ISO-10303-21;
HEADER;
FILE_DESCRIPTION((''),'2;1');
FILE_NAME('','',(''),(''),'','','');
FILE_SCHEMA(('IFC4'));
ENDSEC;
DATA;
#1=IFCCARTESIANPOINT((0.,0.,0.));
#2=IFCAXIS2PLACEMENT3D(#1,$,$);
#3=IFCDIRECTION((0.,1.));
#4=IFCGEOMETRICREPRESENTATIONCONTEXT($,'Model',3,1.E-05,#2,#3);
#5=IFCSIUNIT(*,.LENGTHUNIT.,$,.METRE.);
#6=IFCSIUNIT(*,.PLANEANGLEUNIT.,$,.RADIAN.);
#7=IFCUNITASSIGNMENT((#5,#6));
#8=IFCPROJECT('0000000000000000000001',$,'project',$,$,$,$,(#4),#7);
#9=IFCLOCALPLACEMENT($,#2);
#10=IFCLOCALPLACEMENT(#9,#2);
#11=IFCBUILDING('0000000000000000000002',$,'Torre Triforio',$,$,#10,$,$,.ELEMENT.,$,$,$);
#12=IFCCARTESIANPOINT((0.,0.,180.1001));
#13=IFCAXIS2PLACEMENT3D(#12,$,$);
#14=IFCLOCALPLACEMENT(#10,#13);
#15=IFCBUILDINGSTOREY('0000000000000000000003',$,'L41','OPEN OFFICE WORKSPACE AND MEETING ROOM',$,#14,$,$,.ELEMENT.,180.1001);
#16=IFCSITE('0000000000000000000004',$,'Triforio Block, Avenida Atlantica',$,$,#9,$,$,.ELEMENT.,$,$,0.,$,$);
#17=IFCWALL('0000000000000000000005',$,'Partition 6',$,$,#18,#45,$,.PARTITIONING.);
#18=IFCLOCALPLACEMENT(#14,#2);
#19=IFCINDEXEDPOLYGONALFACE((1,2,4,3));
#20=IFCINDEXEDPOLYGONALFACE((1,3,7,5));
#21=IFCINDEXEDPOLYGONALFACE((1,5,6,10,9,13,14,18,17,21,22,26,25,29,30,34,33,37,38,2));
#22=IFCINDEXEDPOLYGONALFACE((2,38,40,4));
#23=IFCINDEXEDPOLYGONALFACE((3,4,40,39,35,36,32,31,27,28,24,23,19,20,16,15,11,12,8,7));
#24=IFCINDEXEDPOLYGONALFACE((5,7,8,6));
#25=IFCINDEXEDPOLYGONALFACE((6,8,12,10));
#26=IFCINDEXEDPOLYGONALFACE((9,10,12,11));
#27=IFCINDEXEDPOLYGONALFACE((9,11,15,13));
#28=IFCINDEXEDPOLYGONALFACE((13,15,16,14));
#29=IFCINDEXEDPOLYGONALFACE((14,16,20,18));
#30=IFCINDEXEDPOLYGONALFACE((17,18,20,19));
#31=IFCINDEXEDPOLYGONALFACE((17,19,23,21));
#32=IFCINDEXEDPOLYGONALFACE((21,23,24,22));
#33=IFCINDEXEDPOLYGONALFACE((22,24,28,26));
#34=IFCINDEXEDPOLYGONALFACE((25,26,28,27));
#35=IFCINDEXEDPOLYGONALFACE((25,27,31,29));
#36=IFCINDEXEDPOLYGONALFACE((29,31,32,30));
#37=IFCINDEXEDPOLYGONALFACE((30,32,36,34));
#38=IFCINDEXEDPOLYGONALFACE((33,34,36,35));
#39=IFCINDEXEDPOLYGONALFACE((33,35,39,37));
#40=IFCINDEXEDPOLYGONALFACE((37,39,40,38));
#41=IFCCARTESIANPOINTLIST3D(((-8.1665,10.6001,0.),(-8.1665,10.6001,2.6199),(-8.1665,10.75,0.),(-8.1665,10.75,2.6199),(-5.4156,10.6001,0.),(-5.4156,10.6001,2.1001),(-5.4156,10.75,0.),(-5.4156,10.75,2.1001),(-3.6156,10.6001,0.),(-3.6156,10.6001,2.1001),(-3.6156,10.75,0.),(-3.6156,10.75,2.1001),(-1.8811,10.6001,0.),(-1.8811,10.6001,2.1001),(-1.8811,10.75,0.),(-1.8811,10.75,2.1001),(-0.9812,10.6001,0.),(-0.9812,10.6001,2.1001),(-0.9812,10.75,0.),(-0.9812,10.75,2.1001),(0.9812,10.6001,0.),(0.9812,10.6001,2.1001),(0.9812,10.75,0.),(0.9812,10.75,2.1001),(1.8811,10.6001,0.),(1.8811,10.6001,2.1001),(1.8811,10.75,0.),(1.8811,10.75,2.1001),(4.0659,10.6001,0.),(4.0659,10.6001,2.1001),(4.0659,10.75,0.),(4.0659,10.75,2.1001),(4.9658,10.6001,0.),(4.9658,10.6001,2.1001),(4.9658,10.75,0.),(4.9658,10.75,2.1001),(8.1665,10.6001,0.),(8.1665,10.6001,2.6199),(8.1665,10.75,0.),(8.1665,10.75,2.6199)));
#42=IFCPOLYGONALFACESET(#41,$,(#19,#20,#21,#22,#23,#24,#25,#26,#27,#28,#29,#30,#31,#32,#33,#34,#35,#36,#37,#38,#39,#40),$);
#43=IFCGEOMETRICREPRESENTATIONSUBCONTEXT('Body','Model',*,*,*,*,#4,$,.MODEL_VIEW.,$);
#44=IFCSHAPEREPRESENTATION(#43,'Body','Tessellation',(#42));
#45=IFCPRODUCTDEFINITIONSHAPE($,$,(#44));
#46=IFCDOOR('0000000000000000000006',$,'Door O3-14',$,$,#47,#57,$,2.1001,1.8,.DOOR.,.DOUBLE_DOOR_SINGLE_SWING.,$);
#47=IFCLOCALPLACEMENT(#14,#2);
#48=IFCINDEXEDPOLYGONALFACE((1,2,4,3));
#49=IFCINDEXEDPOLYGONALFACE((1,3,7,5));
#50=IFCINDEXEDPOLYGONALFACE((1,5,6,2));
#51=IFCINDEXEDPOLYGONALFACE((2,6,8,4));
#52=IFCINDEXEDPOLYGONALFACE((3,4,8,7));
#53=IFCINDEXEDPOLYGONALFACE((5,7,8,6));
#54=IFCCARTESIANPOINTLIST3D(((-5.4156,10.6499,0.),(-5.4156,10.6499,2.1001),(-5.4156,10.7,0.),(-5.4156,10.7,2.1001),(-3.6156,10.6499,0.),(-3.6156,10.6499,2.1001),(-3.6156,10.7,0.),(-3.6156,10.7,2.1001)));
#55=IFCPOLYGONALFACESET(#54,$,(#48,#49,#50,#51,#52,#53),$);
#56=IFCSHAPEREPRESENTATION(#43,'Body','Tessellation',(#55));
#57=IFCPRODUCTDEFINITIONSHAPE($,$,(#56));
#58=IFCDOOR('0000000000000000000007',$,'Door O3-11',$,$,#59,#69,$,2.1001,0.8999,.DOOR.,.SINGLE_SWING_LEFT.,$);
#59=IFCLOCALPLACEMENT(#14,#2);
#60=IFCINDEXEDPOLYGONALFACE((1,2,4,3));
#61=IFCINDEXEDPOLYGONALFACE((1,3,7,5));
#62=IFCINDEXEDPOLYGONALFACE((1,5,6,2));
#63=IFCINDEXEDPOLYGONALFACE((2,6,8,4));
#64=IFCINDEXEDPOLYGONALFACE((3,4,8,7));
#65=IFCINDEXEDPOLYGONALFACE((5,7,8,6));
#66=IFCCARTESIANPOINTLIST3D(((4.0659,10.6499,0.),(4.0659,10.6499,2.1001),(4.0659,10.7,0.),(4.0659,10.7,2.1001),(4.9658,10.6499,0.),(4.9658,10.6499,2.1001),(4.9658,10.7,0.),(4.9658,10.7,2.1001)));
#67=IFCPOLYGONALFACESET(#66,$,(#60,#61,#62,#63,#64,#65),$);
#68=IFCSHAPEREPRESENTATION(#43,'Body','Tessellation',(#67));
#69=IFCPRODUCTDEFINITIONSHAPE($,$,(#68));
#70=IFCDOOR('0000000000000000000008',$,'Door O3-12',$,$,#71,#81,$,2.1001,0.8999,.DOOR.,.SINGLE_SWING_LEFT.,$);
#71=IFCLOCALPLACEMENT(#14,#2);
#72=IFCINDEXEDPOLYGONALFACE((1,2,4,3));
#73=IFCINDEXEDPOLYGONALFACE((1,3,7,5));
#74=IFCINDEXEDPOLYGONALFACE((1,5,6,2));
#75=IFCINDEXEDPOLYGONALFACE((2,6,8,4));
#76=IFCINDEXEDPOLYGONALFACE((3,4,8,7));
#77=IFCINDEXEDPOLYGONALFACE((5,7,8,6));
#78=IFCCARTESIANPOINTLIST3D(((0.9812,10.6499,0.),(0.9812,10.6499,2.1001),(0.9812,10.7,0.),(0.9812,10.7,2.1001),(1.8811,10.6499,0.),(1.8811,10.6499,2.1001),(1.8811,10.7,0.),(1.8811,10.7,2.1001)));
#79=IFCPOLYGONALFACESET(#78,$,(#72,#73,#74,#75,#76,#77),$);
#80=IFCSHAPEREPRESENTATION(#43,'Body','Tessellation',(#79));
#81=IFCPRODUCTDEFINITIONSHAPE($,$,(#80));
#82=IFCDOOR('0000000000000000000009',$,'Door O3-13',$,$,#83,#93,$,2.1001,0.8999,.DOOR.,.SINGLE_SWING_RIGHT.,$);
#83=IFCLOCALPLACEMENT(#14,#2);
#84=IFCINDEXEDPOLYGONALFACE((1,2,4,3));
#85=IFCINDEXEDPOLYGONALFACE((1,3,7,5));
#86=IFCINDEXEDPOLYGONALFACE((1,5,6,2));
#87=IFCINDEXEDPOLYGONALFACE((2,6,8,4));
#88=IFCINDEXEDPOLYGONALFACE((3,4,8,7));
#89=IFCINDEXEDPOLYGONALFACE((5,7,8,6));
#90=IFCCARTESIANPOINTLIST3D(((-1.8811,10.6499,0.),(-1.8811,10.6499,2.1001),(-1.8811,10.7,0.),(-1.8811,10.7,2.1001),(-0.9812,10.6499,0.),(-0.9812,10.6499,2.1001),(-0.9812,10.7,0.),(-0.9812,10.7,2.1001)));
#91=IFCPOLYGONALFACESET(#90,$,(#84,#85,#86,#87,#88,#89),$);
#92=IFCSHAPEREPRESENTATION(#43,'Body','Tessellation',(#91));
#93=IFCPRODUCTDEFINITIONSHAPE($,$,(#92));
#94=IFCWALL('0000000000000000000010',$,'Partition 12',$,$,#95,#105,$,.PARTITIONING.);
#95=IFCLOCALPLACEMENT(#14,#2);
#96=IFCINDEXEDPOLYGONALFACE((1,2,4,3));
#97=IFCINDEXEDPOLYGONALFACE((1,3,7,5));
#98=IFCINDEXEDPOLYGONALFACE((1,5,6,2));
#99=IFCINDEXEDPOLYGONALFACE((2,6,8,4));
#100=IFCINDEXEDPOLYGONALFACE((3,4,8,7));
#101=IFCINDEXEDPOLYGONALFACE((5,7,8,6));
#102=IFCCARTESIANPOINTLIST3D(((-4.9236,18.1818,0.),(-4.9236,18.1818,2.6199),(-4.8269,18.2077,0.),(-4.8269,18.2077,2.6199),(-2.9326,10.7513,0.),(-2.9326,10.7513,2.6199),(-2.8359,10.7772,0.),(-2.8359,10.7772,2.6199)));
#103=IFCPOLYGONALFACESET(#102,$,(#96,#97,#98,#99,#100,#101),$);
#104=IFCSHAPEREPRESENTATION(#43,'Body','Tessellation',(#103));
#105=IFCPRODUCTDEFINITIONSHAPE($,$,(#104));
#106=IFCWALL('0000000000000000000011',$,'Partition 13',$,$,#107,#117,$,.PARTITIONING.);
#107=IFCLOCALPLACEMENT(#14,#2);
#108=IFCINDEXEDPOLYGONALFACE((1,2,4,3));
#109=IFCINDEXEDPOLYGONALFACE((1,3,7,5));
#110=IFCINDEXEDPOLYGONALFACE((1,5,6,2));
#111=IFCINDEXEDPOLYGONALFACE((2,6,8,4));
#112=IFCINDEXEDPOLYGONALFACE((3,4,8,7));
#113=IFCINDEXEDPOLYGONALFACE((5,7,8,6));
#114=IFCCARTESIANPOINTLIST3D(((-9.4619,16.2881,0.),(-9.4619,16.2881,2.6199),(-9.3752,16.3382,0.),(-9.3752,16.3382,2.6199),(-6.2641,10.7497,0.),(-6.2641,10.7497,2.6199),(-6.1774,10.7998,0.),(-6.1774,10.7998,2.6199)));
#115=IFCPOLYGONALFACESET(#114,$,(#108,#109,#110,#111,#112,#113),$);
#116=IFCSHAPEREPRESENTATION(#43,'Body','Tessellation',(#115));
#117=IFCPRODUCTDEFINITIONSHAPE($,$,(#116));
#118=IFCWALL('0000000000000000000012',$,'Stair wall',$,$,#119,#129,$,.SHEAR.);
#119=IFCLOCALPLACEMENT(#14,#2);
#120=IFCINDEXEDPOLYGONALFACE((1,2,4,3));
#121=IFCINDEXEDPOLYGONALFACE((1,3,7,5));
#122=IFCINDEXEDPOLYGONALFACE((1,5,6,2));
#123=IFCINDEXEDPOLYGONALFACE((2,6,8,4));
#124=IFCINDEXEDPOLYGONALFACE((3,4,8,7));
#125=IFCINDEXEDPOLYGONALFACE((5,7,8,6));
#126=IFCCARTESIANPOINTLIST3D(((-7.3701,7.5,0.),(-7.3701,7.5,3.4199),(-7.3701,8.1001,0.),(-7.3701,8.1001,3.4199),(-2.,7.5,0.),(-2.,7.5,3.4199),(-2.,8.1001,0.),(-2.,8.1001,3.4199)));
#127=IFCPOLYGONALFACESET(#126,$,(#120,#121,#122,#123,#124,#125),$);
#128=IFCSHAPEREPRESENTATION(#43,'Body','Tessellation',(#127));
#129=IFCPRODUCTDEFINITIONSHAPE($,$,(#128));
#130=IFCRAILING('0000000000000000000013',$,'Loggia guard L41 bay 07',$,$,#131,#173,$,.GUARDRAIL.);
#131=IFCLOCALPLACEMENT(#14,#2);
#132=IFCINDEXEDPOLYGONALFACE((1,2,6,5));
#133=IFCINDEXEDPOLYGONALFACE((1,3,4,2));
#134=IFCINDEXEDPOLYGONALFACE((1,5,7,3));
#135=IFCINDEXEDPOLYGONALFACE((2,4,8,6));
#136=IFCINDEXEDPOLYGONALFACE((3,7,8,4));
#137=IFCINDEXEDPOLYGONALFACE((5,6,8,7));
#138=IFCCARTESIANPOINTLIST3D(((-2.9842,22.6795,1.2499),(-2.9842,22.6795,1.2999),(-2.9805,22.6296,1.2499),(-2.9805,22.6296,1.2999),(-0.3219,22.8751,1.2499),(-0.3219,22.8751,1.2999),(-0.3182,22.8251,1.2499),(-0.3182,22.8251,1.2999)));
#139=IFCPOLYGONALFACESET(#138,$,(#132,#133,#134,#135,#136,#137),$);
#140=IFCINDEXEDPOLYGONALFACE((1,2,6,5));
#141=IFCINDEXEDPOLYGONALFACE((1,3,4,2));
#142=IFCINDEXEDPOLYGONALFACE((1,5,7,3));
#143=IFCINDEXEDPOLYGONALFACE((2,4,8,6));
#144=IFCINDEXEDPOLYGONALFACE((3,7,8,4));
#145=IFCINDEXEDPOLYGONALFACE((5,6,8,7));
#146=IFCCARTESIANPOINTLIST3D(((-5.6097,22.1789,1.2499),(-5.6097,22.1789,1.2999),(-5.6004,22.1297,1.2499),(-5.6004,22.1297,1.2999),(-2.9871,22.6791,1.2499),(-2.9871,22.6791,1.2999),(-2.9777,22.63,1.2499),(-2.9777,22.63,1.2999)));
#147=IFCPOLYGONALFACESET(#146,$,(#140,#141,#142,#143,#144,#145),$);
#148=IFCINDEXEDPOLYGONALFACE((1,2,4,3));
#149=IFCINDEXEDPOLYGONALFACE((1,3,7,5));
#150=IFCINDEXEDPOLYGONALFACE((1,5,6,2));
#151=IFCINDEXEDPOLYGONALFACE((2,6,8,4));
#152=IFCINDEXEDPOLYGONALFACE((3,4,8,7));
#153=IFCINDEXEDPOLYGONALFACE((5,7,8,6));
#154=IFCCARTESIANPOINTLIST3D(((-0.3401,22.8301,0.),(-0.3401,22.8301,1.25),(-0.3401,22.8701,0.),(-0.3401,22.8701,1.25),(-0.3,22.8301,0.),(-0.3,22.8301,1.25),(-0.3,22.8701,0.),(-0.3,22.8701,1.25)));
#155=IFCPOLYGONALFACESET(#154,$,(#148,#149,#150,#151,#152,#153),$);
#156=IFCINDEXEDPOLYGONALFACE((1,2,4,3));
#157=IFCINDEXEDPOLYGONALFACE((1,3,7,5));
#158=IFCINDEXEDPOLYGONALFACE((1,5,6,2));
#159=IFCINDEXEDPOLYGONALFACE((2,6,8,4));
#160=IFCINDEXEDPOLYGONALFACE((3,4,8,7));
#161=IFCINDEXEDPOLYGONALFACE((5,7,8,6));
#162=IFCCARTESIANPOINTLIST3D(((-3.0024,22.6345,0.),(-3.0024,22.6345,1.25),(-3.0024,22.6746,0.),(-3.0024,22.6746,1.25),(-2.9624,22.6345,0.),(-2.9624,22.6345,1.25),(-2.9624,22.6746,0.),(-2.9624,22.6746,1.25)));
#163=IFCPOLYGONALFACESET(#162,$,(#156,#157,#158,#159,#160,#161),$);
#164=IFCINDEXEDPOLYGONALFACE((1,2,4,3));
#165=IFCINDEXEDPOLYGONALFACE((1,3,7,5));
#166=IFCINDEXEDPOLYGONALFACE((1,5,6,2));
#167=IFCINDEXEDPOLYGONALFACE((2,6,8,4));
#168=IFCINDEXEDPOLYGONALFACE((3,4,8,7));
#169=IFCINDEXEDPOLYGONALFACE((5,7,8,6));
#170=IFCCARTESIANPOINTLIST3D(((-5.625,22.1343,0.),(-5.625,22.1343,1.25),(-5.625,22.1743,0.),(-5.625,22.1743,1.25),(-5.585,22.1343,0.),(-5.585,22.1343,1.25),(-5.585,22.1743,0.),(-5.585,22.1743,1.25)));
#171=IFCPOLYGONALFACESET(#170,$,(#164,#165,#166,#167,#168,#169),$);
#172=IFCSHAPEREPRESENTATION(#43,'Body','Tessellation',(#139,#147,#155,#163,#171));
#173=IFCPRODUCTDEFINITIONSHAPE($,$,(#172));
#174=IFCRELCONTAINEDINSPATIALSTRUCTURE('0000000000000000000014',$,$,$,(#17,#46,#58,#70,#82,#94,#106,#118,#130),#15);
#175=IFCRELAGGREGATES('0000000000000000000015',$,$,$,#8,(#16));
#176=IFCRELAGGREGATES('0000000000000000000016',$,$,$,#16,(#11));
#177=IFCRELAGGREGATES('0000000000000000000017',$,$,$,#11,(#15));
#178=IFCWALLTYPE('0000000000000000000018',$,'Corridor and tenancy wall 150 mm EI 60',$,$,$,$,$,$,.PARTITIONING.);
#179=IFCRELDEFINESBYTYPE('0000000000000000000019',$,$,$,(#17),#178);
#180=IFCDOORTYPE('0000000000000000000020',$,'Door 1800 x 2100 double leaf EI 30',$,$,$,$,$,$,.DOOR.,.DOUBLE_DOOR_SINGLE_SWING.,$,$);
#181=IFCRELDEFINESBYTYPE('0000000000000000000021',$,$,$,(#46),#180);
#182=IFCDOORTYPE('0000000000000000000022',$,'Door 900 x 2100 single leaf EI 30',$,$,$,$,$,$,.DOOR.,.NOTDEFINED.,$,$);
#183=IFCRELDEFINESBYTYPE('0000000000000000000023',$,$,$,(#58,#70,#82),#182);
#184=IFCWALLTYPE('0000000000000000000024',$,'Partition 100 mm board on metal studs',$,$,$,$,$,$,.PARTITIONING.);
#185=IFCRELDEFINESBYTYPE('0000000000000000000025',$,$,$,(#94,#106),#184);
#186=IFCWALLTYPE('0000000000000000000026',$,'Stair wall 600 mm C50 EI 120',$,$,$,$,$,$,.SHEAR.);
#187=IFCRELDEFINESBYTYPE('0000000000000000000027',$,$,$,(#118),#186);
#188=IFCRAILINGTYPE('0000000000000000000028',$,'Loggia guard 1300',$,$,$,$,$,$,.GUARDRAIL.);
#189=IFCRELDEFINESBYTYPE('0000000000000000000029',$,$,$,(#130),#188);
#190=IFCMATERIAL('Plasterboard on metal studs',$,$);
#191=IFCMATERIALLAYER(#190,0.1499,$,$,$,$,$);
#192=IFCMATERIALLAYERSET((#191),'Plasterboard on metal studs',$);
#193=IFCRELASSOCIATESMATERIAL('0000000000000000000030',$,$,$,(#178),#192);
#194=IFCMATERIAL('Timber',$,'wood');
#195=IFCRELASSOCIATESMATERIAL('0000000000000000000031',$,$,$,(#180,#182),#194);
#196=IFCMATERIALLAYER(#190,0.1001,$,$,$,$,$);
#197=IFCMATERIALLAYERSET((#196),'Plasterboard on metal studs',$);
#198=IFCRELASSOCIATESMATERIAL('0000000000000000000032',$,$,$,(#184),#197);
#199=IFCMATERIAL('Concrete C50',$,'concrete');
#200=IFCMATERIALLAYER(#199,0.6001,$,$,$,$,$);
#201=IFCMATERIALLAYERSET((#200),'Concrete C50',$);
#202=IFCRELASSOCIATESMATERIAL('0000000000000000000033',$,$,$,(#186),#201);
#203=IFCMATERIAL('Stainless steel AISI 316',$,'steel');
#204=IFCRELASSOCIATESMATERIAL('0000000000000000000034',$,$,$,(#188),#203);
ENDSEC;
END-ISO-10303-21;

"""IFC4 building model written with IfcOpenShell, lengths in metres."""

from ifc_helpers import new_model, si_unit, direction, frame, frame_2d, origin, origin_2d, place, context, subcontext, project, spatial, rectangle, extrude, material, layer, layer_set, type_object, element, fill, save


model = new_model("IFC4")

# Units and contexts
model_context = context("Model", 3, precision=1e-05, world=origin(), true_north=direction((0.0, 1.0)))
body_context = subcontext(model_context, "Body", "Model", "MODEL_VIEW")
ifc_project = project(units=[si_unit("LENGTHUNIT", "METRE"), si_unit("PLANEANGLEUNIT", "RADIAN")], contexts=[model_context])

# Site, building, storey
site_placement = place(None, origin())
site = spatial("IfcSite", under=ifc_project, at=site_placement, Name="Triforio Block, Avenida Atlantica", CompositionType="ELEMENT", RefElevation=0.0)
building_placement = place(site_placement, origin())
building = spatial("IfcBuilding", under=site, at=building_placement, Name="Torre Triforio", CompositionType="ELEMENT")
storey_placement = place(building_placement, frame((0.0, 0.0, 180.1001)))
storey = spatial("IfcBuildingStorey", under=building, at=storey_placement, Name="L41", Description="OPEN OFFICE WORKSPACE AND MEETING ROOM", CompositionType="ELEMENT", Elevation=180.1001)

# Shared definitions
ifc_material_1 = material(Name="Concrete C50", Category="concrete")

# Wall, openings, doors
ifc_material_2 = material(Name="Plasterboard on metal studs")
ifc_layer_1 = layer(ifc_material_2, 0.1499)
ifc_layer_set_1 = layer_set([ifc_layer_1], Name="Plasterboard on metal studs")
wall_type_1 = type_object("IfcWallType", Name="Corridor and tenancy wall 150 mm EI 60", PredefinedType="PARTITIONING", material=ifc_layer_set_1)
wall_1_placement = place(storey_placement, frame((-8.1665, 10.675, 0.0), z_axis=(0.0, 0.0, 1.0), x_axis=(1.0, 0.0, 0.0)))
wall_1 = element("IfcWall", 1, at=wall_1_placement, inside=storey, type_object=wall_type_1, Name="Partition 6", PredefinedType="PARTITIONING", context=body_context, shape_type="SweptSolid", body=[
    extrude(rectangle(XDim=16.333, YDim=0.1499, at=frame_2d((8.1665, 0.0))), origin(), (0.0, 0.0, 1.0), 2.6199),
])
opening_1_placement = place(wall_1_placement, frame((12.2324, 0.0, 0.0)))
opening_1 = element("IfcOpeningElement", 2, at=opening_1_placement, cuts=wall_1, PredefinedType="OPENING", context=body_context, shape_type="SweptSolid", body=[
    extrude(rectangle(XDim=0.8999, YDim=2.1001, at=frame_2d((0.45, 1.05))), frame((0.0, 0.085, 0.0), z_axis=(0.0, -1.0, 0.0), x_axis=(1.0, 0.0, 0.0)), (0.0, 0.0, 1.0), 0.1699),
])
opening_2_placement = place(wall_1_placement, frame((9.1477, 0.0, 0.0)))
opening_2 = element("IfcOpeningElement", 3, at=opening_2_placement, cuts=wall_1, PredefinedType="OPENING", context=body_context, shape_type="SweptSolid", body=[
    extrude(rectangle(XDim=0.8999, YDim=2.1001, at=frame_2d((0.45, 1.05))), frame((0.0, 0.085, 0.0), z_axis=(0.0, -1.0, 0.0), x_axis=(1.0, 0.0, 0.0)), (0.0, 0.0, 1.0), 0.1699),
])
opening_3_placement = place(wall_1_placement, frame((6.2854, 0.0, 0.0)))
opening_3 = element("IfcOpeningElement", 4, at=opening_3_placement, cuts=wall_1, PredefinedType="OPENING", context=body_context, shape_type="SweptSolid", body=[
    extrude(rectangle(XDim=0.8999, YDim=2.1001, at=frame_2d((0.45, 1.05))), frame((0.0, 0.085, 0.0), z_axis=(0.0, -1.0, 0.0), x_axis=(1.0, 0.0, 0.0)), (0.0, 0.0, 1.0), 0.1699),
])
opening_4_placement = place(wall_1_placement, frame((2.751, 0.0, 0.0)))
opening_4 = element("IfcOpeningElement", 5, at=opening_4_placement, cuts=wall_1, PredefinedType="OPENING", context=body_context, shape_type="SweptSolid", body=[
    extrude(rectangle(XDim=1.8, YDim=2.1001, at=frame_2d((0.8999, 1.05))), frame((0.0, 0.085, 0.0), z_axis=(0.0, -1.0, 0.0), x_axis=(1.0, 0.0, 0.0)), (0.0, 0.0, 1.0), 0.1699),
])
ifc_material_3 = material(Name="Timber", Category="wood")
door_type_1 = type_object("IfcDoorType", Name="Door 1800 x 2100 double leaf EI 30", OperationType="DOUBLE_DOOR_SINGLE_SWING", PredefinedType="DOOR", material=ifc_material_3)
door_1_placement = place(opening_4_placement, origin())
door_1 = element("IfcDoor", 6, at=door_1_placement, inside=storey, type_object=door_type_1, Name="Door O3-14", OperationType="DOUBLE_DOOR_SINGLE_SWING", OverallHeight=2.1001, OverallWidth=1.8, PredefinedType="DOOR", context=body_context, shape_type="SweptSolid", body=[
    extrude(rectangle(XDim=1.8, YDim=2.1001, at=frame_2d((0.8999, 1.05))), frame((0.0, 0.0249, 0.0), z_axis=(0.0, -1.0, 0.0), x_axis=(1.0, 0.0, 0.0)), (0.0, 0.0, 1.0), 0.05),
])
fill(opening_4, door_1)
door_type_2 = type_object("IfcDoorType", Name="Door 900 x 2100 single leaf EI 30", OperationType="NOTDEFINED", PredefinedType="DOOR", material=ifc_material_3)
door_2_placement = place(opening_1_placement, origin())
door_2 = element("IfcDoor", 7, at=door_2_placement, inside=storey, type_object=door_type_2, Name="Door O3-11", OperationType="SINGLE_SWING_LEFT", OverallHeight=2.1001, OverallWidth=0.8999, PredefinedType="DOOR", context=body_context, shape_type="SweptSolid", body=[
    extrude(rectangle(XDim=0.8999, YDim=2.1001, at=frame_2d((0.45, 1.05))), frame((0.0, 0.0249, 0.0), z_axis=(0.0, -1.0, 0.0), x_axis=(1.0, 0.0, 0.0)), (0.0, 0.0, 1.0), 0.05),
])
fill(opening_1, door_2)
door_3_placement = place(opening_2_placement, origin())
door_3 = element("IfcDoor", 8, at=door_3_placement, inside=storey, type_object=door_type_2, Name="Door O3-12", OperationType="SINGLE_SWING_LEFT", OverallHeight=2.1001, OverallWidth=0.8999, PredefinedType="DOOR", context=body_context, shape_type="SweptSolid", body=[
    extrude(rectangle(XDim=0.8999, YDim=2.1001, at=frame_2d((0.45, 1.05))), frame((0.0, 0.0249, 0.0), z_axis=(0.0, -1.0, 0.0), x_axis=(1.0, 0.0, 0.0)), (0.0, 0.0, 1.0), 0.05),
])
fill(opening_2, door_3)
door_4_placement = place(opening_3_placement, origin())
door_4 = element("IfcDoor", 9, at=door_4_placement, inside=storey, type_object=door_type_2, Name="Door O3-13", OperationType="SINGLE_SWING_RIGHT", OverallHeight=2.1001, OverallWidth=0.8999, PredefinedType="DOOR", context=body_context, shape_type="SweptSolid", body=[
    extrude(rectangle(XDim=0.8999, YDim=2.1001, at=frame_2d((0.45, 1.05))), frame((0.0, 0.0249, 0.0), z_axis=(0.0, -1.0, 0.0), x_axis=(1.0, 0.0, 0.0)), (0.0, 0.0, 1.0), 0.05),
])
fill(opening_3, door_4)

# Walls
ifc_layer_2 = layer(ifc_material_2, 0.1001)
ifc_layer_set_2 = layer_set([ifc_layer_2], Name="Plasterboard on metal studs")
wall_type_2 = type_object("IfcWallType", Name="Partition 100 mm board on metal studs", PredefinedType="PARTITIONING", material=ifc_layer_set_2)
wall_2_placement = place(storey_placement, frame((-2.8843, 10.7644, 0.0), z_axis=(0.0, 0.0, 1.0), x_axis=(-0.258818, 0.965926, 0.0)))
element("IfcWall", 10, at=wall_2_placement, inside=storey, type_object=wall_type_2, Name="Partition 12", PredefinedType="PARTITIONING", context=body_context, shape_type="SweptSolid", body=[
    extrude(rectangle(XDim=7.6926, YDim=0.1001, at=frame_2d((3.8462, 0.0))), origin(), (0.0, 0.0, 1.0), 2.6199),
])
wall_3_placement = place(storey_placement, frame((-6.2207, 10.7747, 0.0), z_axis=(0.0, 0.0, 1.0), x_axis=(-0.500023, 0.866012, 0.0)))
element("IfcWall", 11, at=wall_3_placement, inside=storey, type_object=wall_type_2, Name="Partition 13", PredefinedType="PARTITIONING", context=body_context, shape_type="SweptSolid", body=[
    extrude(rectangle(XDim=6.3953, YDim=0.1001, at=frame_2d((3.1978, 0.0))), origin(), (0.0, 0.0, 1.0), 2.6199),
])
ifc_layer_3 = layer(ifc_material_1, 0.6001)
ifc_layer_set_3 = layer_set([ifc_layer_3], Name="Concrete C50")
wall_type_3 = type_object("IfcWallType", Name="Stair wall 600 mm C50 EI 120", PredefinedType="SHEAR", material=ifc_layer_set_3)
wall_4_placement = place(storey_placement, frame((-7.3701, 7.8, 0.0), z_axis=(0.0, 0.0, 1.0), x_axis=(1.0, 0.0, 0.0)))
element("IfcWall", 12, at=wall_4_placement, inside=storey, type_object=wall_type_3, Name="Stair wall", PredefinedType="SHEAR", context=body_context, shape_type="SweptSolid", body=[
    extrude(rectangle(XDim=5.3701, YDim=0.6001, at=frame_2d((2.6851, 0.0))), origin(), (0.0, 0.0, 1.0), 3.4199),
])

# Railing
ifc_material_4 = material(Name="Stainless steel AISI 316", Category="steel")
railing_type = type_object("IfcRailingType", Name="Loggia guard 1300", PredefinedType="GUARDRAIL", material=ifc_material_4)
railing_1_placement = place(storey_placement, frame((-0.3201, 22.8501, 0.0)))
element("IfcRailing", 13, at=railing_1_placement, inside=storey, type_object=railing_type, Name="Loggia guard L41 bay 07", PredefinedType="GUARDRAIL", context=body_context, shape_type="SweptSolid", body=[
    extrude(rectangle(XDim=0.05, YDim=0.05, at=origin_2d()), frame((0.0, 0.0, 1.2749), z_axis=(-0.997313, -0.073255, 0.0), x_axis=(0.073255, -0.997313, 0.0)), (0.0, 0.0, 1.0), 2.6694),
    extrude(rectangle(XDim=0.05, YDim=0.05, at=origin_2d()), frame((-2.6624, -0.1956, 1.2749), z_axis=(-0.98229, -0.187368, 0.0), x_axis=(0.187368, -0.98229, 0.0)), (0.0, 0.0, 1.0), 2.6699),
    extrude(rectangle(XDim=0.04, YDim=0.04, at=origin_2d()), origin(), (0.0, 0.0, 1.0), 1.25),
    extrude(rectangle(XDim=0.04, YDim=0.04, at=origin_2d()), frame((-2.6624, -0.1956, 0.0)), (0.0, 0.0, 1.0), 1.25),
    extrude(rectangle(XDim=0.04, YDim=0.04, at=origin_2d()), frame((-5.2849, -0.6958, 0.0)), (0.0, 0.0, 1.0), 1.25),
])

save(model, "model.ifc")
